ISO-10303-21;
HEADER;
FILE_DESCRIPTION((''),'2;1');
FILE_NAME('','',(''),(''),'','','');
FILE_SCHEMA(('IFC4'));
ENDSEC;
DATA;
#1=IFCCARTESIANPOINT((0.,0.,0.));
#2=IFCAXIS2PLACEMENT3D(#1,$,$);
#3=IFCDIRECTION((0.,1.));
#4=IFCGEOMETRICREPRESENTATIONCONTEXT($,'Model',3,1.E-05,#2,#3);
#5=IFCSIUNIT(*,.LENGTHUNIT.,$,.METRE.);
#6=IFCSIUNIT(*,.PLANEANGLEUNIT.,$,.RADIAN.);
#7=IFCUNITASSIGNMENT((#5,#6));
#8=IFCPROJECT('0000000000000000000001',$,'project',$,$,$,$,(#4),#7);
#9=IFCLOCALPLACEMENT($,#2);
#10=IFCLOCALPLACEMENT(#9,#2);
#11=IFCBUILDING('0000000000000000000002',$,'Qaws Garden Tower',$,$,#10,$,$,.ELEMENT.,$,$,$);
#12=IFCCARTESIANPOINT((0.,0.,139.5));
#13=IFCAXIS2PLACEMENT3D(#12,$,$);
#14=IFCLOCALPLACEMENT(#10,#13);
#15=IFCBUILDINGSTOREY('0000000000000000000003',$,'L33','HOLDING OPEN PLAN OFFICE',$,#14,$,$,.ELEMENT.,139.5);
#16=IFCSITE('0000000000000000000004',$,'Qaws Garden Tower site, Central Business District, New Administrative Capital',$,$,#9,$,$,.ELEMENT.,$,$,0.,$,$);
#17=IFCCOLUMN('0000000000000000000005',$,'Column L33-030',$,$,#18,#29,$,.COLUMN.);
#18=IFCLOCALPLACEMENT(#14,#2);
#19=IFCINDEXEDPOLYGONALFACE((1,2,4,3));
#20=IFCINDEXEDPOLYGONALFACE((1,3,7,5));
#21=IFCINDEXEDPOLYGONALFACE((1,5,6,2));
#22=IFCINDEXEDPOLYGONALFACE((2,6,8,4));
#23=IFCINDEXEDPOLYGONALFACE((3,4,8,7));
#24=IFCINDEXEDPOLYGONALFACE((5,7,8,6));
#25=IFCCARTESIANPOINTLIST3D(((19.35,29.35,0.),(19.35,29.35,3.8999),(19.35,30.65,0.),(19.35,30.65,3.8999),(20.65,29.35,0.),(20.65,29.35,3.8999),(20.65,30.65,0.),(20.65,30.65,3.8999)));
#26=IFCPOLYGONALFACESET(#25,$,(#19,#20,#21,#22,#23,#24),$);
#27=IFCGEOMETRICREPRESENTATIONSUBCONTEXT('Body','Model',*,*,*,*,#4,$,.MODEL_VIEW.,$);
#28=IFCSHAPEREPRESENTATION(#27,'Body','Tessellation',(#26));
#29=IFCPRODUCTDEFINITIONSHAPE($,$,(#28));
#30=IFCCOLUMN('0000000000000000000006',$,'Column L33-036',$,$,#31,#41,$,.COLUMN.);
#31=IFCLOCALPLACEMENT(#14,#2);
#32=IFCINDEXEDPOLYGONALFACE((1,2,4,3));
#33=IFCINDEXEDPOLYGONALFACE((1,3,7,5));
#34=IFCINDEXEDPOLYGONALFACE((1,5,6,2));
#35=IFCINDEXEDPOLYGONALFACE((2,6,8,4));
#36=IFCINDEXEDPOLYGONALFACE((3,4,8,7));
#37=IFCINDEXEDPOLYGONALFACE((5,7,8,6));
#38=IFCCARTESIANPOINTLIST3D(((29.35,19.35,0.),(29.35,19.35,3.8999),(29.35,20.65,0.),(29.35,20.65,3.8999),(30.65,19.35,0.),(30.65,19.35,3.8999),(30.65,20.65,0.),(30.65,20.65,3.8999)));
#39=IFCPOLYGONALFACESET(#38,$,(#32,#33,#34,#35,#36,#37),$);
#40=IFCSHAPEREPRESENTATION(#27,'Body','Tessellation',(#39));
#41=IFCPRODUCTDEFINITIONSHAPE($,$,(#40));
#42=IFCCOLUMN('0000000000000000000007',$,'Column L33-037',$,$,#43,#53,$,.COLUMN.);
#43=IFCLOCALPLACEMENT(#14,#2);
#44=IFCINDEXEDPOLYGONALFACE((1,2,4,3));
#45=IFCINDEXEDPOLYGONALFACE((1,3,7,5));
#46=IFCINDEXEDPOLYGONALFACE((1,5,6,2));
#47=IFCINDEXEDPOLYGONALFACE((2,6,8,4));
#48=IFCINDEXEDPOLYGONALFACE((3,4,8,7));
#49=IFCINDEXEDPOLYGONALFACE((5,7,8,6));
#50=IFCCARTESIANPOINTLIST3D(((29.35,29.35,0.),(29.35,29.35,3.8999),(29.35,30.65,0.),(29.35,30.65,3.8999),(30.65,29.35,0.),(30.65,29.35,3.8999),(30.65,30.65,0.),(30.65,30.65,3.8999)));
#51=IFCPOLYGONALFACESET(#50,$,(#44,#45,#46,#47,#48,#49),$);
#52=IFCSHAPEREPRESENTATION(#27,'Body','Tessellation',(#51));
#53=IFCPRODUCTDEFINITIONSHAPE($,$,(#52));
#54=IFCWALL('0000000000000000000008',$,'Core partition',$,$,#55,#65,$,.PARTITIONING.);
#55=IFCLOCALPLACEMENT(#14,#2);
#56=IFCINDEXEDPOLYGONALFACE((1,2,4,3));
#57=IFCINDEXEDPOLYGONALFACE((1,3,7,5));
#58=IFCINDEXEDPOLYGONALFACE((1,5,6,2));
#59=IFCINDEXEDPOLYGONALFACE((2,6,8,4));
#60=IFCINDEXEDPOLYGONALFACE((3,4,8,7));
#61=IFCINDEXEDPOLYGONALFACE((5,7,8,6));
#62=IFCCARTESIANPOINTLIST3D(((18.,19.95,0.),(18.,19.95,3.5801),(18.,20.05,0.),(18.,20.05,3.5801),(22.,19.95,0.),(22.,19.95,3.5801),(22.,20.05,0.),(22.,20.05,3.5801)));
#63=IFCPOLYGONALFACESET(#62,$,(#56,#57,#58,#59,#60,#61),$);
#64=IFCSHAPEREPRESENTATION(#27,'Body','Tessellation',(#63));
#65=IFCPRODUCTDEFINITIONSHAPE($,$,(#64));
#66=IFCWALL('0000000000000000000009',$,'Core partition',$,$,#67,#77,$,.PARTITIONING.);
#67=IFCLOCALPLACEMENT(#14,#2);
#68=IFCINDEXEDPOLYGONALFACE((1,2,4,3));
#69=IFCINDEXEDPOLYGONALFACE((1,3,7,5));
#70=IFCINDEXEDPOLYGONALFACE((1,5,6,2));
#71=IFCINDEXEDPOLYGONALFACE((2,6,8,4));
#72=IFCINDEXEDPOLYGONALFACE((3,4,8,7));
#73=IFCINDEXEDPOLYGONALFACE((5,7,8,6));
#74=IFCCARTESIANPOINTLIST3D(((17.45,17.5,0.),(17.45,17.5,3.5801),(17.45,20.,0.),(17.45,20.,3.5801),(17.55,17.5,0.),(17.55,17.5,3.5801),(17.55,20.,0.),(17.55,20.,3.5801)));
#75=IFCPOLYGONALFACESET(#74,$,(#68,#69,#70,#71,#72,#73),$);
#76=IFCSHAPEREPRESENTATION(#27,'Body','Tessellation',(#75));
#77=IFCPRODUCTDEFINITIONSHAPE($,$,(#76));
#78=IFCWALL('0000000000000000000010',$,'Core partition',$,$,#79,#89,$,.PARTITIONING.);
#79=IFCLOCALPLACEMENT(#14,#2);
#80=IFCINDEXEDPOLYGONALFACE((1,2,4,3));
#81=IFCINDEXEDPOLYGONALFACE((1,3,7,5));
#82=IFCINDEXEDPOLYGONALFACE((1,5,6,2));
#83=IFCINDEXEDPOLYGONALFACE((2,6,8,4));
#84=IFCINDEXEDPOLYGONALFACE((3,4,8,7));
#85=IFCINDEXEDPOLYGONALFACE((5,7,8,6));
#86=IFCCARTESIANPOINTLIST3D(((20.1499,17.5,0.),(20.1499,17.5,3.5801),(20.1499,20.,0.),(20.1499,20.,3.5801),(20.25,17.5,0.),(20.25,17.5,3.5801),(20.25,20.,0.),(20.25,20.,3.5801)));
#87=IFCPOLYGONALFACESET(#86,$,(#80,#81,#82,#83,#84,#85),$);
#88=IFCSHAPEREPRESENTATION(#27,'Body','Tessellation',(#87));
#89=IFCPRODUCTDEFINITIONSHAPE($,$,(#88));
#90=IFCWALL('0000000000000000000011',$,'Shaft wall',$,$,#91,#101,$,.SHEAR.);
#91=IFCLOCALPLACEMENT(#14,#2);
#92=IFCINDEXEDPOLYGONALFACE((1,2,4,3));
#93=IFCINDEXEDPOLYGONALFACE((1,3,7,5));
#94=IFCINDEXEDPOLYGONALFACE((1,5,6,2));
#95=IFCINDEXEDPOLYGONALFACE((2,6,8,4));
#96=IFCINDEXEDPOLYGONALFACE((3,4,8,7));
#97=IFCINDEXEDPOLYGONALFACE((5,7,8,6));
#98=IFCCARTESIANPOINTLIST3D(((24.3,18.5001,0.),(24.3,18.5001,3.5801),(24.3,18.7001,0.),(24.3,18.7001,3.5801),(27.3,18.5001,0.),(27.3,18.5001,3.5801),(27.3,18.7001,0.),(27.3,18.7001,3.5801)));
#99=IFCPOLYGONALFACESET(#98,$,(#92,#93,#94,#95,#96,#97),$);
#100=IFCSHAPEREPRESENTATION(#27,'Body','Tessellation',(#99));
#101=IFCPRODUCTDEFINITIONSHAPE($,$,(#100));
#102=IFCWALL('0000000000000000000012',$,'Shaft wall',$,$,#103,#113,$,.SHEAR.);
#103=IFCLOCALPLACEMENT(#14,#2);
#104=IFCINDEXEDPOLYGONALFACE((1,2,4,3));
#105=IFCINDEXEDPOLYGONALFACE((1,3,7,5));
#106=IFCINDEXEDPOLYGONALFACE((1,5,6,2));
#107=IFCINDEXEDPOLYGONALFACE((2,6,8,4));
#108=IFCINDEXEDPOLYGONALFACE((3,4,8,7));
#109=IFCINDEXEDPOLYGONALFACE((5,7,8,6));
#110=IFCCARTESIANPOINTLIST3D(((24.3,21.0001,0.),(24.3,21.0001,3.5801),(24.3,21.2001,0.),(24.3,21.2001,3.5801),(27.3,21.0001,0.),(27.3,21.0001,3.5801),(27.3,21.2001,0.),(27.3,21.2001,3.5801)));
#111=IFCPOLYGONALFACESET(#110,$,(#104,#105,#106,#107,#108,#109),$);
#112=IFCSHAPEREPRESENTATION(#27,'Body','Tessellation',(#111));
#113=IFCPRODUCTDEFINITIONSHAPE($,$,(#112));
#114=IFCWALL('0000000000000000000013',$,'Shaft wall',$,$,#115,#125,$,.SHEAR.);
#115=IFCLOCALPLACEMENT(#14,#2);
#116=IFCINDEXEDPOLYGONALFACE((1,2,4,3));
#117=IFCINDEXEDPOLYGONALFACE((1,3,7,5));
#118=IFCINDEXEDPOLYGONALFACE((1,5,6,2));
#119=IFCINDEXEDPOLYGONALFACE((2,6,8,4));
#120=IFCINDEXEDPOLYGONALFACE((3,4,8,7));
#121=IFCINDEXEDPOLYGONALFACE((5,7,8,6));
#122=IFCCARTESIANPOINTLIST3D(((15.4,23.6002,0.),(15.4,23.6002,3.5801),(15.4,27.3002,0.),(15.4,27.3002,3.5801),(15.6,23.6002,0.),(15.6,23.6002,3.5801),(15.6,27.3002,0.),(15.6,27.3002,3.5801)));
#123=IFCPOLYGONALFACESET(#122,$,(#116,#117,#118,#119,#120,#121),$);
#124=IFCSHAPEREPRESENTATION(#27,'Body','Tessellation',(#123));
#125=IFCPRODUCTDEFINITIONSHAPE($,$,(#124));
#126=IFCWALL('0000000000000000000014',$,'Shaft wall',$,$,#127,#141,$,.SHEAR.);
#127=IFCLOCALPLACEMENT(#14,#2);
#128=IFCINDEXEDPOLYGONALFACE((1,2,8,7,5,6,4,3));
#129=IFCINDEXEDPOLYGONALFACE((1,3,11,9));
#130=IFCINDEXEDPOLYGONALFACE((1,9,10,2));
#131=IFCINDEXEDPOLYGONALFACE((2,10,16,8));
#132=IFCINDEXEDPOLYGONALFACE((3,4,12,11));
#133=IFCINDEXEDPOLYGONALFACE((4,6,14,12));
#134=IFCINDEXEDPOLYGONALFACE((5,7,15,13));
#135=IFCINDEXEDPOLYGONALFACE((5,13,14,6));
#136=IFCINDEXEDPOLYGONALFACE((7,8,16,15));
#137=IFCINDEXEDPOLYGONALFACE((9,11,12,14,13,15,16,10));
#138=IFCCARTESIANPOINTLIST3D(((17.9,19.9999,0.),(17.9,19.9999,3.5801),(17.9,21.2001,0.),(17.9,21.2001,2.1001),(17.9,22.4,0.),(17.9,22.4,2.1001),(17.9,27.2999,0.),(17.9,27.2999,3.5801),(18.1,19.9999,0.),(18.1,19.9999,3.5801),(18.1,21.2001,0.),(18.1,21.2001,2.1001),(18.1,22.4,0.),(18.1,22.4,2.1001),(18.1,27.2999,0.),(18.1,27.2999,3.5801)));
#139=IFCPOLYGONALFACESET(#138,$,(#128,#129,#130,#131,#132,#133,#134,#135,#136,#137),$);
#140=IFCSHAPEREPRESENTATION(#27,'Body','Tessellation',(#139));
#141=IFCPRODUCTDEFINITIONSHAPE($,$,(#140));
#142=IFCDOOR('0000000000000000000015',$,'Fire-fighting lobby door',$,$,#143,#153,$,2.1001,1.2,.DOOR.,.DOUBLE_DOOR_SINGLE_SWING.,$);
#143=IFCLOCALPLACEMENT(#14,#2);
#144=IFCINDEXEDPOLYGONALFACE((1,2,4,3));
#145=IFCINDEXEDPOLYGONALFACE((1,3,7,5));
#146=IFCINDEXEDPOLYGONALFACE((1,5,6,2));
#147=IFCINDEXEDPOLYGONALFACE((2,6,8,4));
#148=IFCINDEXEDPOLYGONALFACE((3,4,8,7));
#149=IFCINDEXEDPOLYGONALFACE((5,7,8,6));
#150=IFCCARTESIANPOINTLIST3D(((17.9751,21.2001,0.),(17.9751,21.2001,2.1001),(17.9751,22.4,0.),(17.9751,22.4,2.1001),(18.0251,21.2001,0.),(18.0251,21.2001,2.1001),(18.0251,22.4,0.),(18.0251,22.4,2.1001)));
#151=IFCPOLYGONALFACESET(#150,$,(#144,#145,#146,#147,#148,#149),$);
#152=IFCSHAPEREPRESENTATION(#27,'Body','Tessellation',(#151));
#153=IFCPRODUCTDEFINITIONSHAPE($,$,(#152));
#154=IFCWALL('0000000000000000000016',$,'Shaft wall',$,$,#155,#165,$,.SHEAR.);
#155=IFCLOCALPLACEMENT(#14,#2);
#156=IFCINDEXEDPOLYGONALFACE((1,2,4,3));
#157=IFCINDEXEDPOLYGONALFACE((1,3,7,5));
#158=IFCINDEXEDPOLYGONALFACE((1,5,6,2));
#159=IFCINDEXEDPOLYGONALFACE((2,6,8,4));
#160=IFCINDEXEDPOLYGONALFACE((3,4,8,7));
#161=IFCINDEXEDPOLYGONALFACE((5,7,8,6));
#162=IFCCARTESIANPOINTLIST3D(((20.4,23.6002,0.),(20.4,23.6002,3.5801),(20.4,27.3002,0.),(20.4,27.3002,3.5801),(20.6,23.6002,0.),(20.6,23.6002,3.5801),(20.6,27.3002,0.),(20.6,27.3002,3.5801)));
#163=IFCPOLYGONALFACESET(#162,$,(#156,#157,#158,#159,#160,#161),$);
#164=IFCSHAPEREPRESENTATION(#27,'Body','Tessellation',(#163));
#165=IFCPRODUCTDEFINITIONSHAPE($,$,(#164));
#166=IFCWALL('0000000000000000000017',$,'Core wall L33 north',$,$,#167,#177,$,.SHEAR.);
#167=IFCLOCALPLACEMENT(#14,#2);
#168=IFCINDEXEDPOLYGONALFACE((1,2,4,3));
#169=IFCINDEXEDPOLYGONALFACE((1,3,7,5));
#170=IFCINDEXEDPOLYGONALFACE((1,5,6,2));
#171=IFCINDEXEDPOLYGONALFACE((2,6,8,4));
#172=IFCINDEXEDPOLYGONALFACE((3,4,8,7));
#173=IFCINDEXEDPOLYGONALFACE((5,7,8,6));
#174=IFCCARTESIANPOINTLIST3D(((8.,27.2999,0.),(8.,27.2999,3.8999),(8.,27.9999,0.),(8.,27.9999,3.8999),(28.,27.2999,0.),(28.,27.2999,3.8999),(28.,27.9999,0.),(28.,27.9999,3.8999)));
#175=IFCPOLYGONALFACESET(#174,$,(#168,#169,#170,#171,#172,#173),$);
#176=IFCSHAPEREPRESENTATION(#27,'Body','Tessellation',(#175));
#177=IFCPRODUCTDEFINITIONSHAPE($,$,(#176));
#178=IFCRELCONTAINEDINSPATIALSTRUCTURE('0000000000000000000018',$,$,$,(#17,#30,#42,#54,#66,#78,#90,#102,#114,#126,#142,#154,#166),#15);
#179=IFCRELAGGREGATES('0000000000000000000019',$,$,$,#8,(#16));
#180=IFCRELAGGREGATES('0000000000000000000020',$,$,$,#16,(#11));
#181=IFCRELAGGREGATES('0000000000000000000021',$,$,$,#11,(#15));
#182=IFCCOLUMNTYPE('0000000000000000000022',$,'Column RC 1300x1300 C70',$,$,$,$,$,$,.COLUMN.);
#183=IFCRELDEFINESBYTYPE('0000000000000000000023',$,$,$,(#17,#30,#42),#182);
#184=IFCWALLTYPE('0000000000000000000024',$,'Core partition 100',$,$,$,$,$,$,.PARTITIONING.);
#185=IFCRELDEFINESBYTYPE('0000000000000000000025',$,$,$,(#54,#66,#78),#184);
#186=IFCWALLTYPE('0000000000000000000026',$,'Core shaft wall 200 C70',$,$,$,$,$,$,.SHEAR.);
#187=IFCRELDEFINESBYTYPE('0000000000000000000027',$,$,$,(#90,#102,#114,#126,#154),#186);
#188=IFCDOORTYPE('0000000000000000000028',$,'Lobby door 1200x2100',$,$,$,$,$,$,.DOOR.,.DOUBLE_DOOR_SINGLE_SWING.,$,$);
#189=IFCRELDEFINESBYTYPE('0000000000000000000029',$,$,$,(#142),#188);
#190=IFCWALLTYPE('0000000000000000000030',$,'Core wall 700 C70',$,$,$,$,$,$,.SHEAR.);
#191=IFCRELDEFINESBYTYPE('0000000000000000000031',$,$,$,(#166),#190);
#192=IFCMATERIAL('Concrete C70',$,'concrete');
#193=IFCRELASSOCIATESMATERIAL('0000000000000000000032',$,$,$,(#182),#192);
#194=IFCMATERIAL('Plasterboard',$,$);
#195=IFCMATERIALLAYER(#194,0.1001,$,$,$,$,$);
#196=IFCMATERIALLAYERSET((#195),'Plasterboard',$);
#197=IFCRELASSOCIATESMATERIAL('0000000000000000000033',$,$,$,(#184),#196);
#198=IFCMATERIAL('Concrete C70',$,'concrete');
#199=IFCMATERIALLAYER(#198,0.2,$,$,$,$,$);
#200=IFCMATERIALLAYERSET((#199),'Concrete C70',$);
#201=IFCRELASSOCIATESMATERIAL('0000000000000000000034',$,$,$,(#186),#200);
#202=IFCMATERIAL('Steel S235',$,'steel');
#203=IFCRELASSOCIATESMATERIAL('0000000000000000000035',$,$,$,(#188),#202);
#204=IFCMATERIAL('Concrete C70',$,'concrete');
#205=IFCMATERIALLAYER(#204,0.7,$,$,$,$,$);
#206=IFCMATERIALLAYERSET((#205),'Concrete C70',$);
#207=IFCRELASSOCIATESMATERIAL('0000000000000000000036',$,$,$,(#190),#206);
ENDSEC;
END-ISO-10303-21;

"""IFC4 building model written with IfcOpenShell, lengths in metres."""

from ifc_helpers import new_model, si_unit, direction, frame, frame_2d, origin, origin_2d, place, context, subcontext, project, spatial, rectangle, extrude, material, layer, layer_set, material_profile, profile_set, type_object, element, fill, save


model = new_model("IFC4")

# Units and contexts
model_context = context("Model", 3, precision=1e-05, world=origin(), true_north=direction((0.0, 1.0)))
body_context = subcontext(model_context, "Body", "Model", "MODEL_VIEW")
ifc_project = project(units=[si_unit("LENGTHUNIT", "METRE"), si_unit("PLANEANGLEUNIT", "RADIAN")], contexts=[model_context])

# Site, building, storey
site_placement = place(None, origin())
site = spatial("IfcSite", under=ifc_project, at=site_placement, Name="Qaws Garden Tower site, Central Business District, New Administrative Capital", CompositionType="ELEMENT", RefElevation=0.0)
building_placement = place(site_placement, origin())
building = spatial("IfcBuilding", under=site, at=building_placement, Name="Qaws Garden Tower", CompositionType="ELEMENT")
storey_placement = place(building_placement, frame((0.0, 0.0, 139.5)))
storey = spatial("IfcBuildingStorey", under=building, at=storey_placement, Name="L33", Description="HOLDING OPEN PLAN OFFICE", CompositionType="ELEMENT", Elevation=139.5)

# Columns
ifc_material_1 = material(Name="Concrete C70", Category="concrete")
ifc_material_profile = material_profile(ifc_material_1, rectangle(XDim=1.3, YDim=1.3, at=origin_2d()), Name="RC 1300x1300")
ifc_profile_set = profile_set([ifc_material_profile], Name="Concrete C70")
column_type = type_object("IfcColumnType", Name="Column RC 1300x1300 C70", PredefinedType="COLUMN", material=ifc_profile_set)
for number, where, z_axis, x_axis, name in (
    (1, (20.0, 30.0, 0.0), (0.0, 0.0, 1.0), (1.0, 0.0, 0.0), "Column L33-030"),
    (2, (30.0, 20.0, 0.0), (0.0, 0.0, 1.0), (1.0, 0.0, 0.0), "Column L33-036"),
    (3, (30.0, 30.0, 0.0), (0.0, 0.0, 1.0), (1.0, 0.0, 0.0), "Column L33-037"),
):
    element("IfcColumn", number, at=place(storey_placement, frame(where, z_axis=z_axis, x_axis=x_axis)), inside=storey, type_object=column_type, Name=name, PredefinedType="COLUMN", context=body_context, shape_type="SweptSolid", body=[
        extrude(rectangle(XDim=1.3, YDim=1.3, at=origin_2d()), origin(), (0.0, 0.0, 1.0), 3.8999),
    ])

# Walls
ifc_material_2 = material(Name="Plasterboard")
ifc_layer_1 = layer(ifc_material_2, 0.1001)
ifc_layer_set_1 = layer_set([ifc_layer_1], Name="Plasterboard")
wall_type_1 = type_object("IfcWallType", Name="Core partition 100", PredefinedType="PARTITIONING", material=ifc_layer_set_1)
wall_1_placement = place(storey_placement, frame((18.0, 20.0, 0.0), z_axis=(0.0, 0.0, 1.0), x_axis=(1.0, 0.0, 0.0)))
element("IfcWall", 4, at=wall_1_placement, inside=storey, type_object=wall_type_1, Name="Core partition", PredefinedType="PARTITIONING", context=body_context, shape_type="SweptSolid", body=[
    extrude(rectangle(XDim=4.0, YDim=0.1001, at=frame_2d((2.0, 0.0))), origin(), (0.0, 0.0, 1.0), 3.5801),
])
for number, where, z_axis, x_axis, name in (
    (5, (17.5, 17.5, 0.0), (0.0, 0.0, 1.0), (0.0, 1.0, 0.0), "Core partition"),
    (6, (20.2, 17.5, 0.0), (0.0, 0.0, 1.0), (0.0, 1.0, 0.0), "Core partition"),
):
    element("IfcWall", number, at=place(storey_placement, frame(where, z_axis=z_axis, x_axis=x_axis)), inside=storey, type_object=wall_type_1, Name=name, PredefinedType="PARTITIONING", context=body_context, shape_type="SweptSolid", body=[
        extrude(rectangle(XDim=2.5, YDim=0.1001, at=frame_2d((1.25, 0.0))), origin(), (0.0, 0.0, 1.0), 3.5801),
    ])
ifc_material_3 = material(Name="Concrete C70", Category="concrete")
ifc_layer_2 = layer(ifc_material_3, 0.2)
ifc_layer_set_2 = layer_set([ifc_layer_2], Name="Concrete C70")
wall_type_2 = type_object("IfcWallType", Name="Core shaft wall 200 C70", PredefinedType="SHEAR", material=ifc_layer_set_2)
for number, where, z_axis, x_axis, name in (
    (7, (24.3, 18.6001, 0.0), (0.0, 0.0, 1.0), (1.0, 0.0, 0.0), "Shaft wall"),
    (8, (24.3, 21.1001, 0.0), (0.0, 0.0, 1.0), (1.0, 0.0, 0.0), "Shaft wall"),
):
    element("IfcWall", number, at=place(storey_placement, frame(where, z_axis=z_axis, x_axis=x_axis)), inside=storey, type_object=wall_type_2, Name=name, PredefinedType="SHEAR", context=body_context, shape_type="SweptSolid", body=[
        extrude(rectangle(XDim=3.0, YDim=0.2, at=frame_2d((1.5, 0.0))), origin(), (0.0, 0.0, 1.0), 3.5801),
    ])
wall_2_placement = place(storey_placement, frame((15.5, 23.6001, 0.0), z_axis=(0.0, 0.0, 1.0), x_axis=(0.0, 1.0, 0.0)))
element("IfcWall", 9, at=wall_2_placement, inside=storey, type_object=wall_type_2, Name="Shaft wall", PredefinedType="SHEAR", context=body_context, shape_type="SweptSolid", body=[
    extrude(rectangle(XDim=3.7, YDim=0.2, at=frame_2d((1.8501, 0.0))), origin(), (0.0, 0.0, 1.0), 3.5801),
])

# Wall, opening, door
wall_3_placement = place(storey_placement, frame((18.0, 20.0, 0.0), z_axis=(0.0, 0.0, 1.0), x_axis=(0.0, 1.0, 0.0)))
wall_3 = element("IfcWall", 10, at=wall_3_placement, inside=storey, type_object=wall_type_2, Name="Shaft wall", PredefinedType="SHEAR", context=body_context, shape_type="SweptSolid", body=[
    extrude(rectangle(XDim=7.3, YDim=0.2, at=frame_2d((3.6499, 0.0))), origin(), (0.0, 0.0, 1.0), 3.5801),
])
opening_1_placement = place(wall_3_placement, frame((1.2, 0.0, 0.0)))
opening_1 = element("IfcOpeningElement", 11, at=opening_1_placement, cuts=wall_3, PredefinedType="OPENING", context=body_context, shape_type="SweptSolid", body=[
    extrude(rectangle(XDim=1.2, YDim=2.1001, at=frame_2d((0.6001, 1.05))), frame((0.0, 0.1099, 0.0), z_axis=(0.0, -1.0, 0.0), x_axis=(1.0, 0.0, 0.0)), (0.0, 0.0, 1.0), 0.22),
])
ifc_material_4 = material(Name="Steel S235", Category="steel")
door_type_1 = type_object("IfcDoorType", Name="Lobby door 1200x2100", OperationType="DOUBLE_DOOR_SINGLE_SWING", PredefinedType="DOOR", material=ifc_material_4)
door_1_placement = place(opening_1_placement, origin())
door_1 = element("IfcDoor", 12, at=door_1_placement, inside=storey, type_object=door_type_1, Name="Fire-fighting lobby door", OperationType="DOUBLE_DOOR_SINGLE_SWING", OverallHeight=2.1001, OverallWidth=1.2, PredefinedType="DOOR", context=body_context, shape_type="SweptSolid", body=[
    extrude(rectangle(XDim=1.2, YDim=2.1001, at=frame_2d((0.6001, 1.05))), frame((0.0, 0.0249, 0.0), z_axis=(0.0, -1.0, 0.0), x_axis=(1.0, 0.0, 0.0)), (0.0, 0.0, 1.0), 0.05),
])
fill(opening_1, door_1)

# Walls
wall_4_placement = place(storey_placement, frame((20.5, 23.6001, 0.0), z_axis=(0.0, 0.0, 1.0), x_axis=(0.0, 1.0, 0.0)))
element("IfcWall", 13, at=wall_4_placement, inside=storey, type_object=wall_type_2, Name="Shaft wall", PredefinedType="SHEAR", context=body_context, shape_type="SweptSolid", body=[
    extrude(rectangle(XDim=3.7, YDim=0.2, at=frame_2d((1.8501, 0.0))), origin(), (0.0, 0.0, 1.0), 3.5801),
])
ifc_material_5 = material(Name="Concrete C70", Category="concrete")
ifc_layer_3 = layer(ifc_material_5, 0.7)
ifc_layer_set_3 = layer_set([ifc_layer_3], Name="Concrete C70")
wall_type_3 = type_object("IfcWallType", Name="Core wall 700 C70", PredefinedType="SHEAR", material=ifc_layer_set_3)
wall_5_placement = place(storey_placement, frame((28.0, 27.6499, 0.0), z_axis=(0.0, 0.0, 1.0), x_axis=(-1.0, 0.0, 0.0)))
element("IfcWall", 14, at=wall_5_placement, inside=storey, type_object=wall_type_3, Name="Core wall L33 north", PredefinedType="SHEAR", context=body_context, shape_type="SweptSolid", body=[
    extrude(rectangle(XDim=20.0, YDim=0.7, at=frame_2d((10.0, 0.0))), origin(), (0.0, 0.0, 1.0), 3.8999),
])

save(model, "model.ifc")
